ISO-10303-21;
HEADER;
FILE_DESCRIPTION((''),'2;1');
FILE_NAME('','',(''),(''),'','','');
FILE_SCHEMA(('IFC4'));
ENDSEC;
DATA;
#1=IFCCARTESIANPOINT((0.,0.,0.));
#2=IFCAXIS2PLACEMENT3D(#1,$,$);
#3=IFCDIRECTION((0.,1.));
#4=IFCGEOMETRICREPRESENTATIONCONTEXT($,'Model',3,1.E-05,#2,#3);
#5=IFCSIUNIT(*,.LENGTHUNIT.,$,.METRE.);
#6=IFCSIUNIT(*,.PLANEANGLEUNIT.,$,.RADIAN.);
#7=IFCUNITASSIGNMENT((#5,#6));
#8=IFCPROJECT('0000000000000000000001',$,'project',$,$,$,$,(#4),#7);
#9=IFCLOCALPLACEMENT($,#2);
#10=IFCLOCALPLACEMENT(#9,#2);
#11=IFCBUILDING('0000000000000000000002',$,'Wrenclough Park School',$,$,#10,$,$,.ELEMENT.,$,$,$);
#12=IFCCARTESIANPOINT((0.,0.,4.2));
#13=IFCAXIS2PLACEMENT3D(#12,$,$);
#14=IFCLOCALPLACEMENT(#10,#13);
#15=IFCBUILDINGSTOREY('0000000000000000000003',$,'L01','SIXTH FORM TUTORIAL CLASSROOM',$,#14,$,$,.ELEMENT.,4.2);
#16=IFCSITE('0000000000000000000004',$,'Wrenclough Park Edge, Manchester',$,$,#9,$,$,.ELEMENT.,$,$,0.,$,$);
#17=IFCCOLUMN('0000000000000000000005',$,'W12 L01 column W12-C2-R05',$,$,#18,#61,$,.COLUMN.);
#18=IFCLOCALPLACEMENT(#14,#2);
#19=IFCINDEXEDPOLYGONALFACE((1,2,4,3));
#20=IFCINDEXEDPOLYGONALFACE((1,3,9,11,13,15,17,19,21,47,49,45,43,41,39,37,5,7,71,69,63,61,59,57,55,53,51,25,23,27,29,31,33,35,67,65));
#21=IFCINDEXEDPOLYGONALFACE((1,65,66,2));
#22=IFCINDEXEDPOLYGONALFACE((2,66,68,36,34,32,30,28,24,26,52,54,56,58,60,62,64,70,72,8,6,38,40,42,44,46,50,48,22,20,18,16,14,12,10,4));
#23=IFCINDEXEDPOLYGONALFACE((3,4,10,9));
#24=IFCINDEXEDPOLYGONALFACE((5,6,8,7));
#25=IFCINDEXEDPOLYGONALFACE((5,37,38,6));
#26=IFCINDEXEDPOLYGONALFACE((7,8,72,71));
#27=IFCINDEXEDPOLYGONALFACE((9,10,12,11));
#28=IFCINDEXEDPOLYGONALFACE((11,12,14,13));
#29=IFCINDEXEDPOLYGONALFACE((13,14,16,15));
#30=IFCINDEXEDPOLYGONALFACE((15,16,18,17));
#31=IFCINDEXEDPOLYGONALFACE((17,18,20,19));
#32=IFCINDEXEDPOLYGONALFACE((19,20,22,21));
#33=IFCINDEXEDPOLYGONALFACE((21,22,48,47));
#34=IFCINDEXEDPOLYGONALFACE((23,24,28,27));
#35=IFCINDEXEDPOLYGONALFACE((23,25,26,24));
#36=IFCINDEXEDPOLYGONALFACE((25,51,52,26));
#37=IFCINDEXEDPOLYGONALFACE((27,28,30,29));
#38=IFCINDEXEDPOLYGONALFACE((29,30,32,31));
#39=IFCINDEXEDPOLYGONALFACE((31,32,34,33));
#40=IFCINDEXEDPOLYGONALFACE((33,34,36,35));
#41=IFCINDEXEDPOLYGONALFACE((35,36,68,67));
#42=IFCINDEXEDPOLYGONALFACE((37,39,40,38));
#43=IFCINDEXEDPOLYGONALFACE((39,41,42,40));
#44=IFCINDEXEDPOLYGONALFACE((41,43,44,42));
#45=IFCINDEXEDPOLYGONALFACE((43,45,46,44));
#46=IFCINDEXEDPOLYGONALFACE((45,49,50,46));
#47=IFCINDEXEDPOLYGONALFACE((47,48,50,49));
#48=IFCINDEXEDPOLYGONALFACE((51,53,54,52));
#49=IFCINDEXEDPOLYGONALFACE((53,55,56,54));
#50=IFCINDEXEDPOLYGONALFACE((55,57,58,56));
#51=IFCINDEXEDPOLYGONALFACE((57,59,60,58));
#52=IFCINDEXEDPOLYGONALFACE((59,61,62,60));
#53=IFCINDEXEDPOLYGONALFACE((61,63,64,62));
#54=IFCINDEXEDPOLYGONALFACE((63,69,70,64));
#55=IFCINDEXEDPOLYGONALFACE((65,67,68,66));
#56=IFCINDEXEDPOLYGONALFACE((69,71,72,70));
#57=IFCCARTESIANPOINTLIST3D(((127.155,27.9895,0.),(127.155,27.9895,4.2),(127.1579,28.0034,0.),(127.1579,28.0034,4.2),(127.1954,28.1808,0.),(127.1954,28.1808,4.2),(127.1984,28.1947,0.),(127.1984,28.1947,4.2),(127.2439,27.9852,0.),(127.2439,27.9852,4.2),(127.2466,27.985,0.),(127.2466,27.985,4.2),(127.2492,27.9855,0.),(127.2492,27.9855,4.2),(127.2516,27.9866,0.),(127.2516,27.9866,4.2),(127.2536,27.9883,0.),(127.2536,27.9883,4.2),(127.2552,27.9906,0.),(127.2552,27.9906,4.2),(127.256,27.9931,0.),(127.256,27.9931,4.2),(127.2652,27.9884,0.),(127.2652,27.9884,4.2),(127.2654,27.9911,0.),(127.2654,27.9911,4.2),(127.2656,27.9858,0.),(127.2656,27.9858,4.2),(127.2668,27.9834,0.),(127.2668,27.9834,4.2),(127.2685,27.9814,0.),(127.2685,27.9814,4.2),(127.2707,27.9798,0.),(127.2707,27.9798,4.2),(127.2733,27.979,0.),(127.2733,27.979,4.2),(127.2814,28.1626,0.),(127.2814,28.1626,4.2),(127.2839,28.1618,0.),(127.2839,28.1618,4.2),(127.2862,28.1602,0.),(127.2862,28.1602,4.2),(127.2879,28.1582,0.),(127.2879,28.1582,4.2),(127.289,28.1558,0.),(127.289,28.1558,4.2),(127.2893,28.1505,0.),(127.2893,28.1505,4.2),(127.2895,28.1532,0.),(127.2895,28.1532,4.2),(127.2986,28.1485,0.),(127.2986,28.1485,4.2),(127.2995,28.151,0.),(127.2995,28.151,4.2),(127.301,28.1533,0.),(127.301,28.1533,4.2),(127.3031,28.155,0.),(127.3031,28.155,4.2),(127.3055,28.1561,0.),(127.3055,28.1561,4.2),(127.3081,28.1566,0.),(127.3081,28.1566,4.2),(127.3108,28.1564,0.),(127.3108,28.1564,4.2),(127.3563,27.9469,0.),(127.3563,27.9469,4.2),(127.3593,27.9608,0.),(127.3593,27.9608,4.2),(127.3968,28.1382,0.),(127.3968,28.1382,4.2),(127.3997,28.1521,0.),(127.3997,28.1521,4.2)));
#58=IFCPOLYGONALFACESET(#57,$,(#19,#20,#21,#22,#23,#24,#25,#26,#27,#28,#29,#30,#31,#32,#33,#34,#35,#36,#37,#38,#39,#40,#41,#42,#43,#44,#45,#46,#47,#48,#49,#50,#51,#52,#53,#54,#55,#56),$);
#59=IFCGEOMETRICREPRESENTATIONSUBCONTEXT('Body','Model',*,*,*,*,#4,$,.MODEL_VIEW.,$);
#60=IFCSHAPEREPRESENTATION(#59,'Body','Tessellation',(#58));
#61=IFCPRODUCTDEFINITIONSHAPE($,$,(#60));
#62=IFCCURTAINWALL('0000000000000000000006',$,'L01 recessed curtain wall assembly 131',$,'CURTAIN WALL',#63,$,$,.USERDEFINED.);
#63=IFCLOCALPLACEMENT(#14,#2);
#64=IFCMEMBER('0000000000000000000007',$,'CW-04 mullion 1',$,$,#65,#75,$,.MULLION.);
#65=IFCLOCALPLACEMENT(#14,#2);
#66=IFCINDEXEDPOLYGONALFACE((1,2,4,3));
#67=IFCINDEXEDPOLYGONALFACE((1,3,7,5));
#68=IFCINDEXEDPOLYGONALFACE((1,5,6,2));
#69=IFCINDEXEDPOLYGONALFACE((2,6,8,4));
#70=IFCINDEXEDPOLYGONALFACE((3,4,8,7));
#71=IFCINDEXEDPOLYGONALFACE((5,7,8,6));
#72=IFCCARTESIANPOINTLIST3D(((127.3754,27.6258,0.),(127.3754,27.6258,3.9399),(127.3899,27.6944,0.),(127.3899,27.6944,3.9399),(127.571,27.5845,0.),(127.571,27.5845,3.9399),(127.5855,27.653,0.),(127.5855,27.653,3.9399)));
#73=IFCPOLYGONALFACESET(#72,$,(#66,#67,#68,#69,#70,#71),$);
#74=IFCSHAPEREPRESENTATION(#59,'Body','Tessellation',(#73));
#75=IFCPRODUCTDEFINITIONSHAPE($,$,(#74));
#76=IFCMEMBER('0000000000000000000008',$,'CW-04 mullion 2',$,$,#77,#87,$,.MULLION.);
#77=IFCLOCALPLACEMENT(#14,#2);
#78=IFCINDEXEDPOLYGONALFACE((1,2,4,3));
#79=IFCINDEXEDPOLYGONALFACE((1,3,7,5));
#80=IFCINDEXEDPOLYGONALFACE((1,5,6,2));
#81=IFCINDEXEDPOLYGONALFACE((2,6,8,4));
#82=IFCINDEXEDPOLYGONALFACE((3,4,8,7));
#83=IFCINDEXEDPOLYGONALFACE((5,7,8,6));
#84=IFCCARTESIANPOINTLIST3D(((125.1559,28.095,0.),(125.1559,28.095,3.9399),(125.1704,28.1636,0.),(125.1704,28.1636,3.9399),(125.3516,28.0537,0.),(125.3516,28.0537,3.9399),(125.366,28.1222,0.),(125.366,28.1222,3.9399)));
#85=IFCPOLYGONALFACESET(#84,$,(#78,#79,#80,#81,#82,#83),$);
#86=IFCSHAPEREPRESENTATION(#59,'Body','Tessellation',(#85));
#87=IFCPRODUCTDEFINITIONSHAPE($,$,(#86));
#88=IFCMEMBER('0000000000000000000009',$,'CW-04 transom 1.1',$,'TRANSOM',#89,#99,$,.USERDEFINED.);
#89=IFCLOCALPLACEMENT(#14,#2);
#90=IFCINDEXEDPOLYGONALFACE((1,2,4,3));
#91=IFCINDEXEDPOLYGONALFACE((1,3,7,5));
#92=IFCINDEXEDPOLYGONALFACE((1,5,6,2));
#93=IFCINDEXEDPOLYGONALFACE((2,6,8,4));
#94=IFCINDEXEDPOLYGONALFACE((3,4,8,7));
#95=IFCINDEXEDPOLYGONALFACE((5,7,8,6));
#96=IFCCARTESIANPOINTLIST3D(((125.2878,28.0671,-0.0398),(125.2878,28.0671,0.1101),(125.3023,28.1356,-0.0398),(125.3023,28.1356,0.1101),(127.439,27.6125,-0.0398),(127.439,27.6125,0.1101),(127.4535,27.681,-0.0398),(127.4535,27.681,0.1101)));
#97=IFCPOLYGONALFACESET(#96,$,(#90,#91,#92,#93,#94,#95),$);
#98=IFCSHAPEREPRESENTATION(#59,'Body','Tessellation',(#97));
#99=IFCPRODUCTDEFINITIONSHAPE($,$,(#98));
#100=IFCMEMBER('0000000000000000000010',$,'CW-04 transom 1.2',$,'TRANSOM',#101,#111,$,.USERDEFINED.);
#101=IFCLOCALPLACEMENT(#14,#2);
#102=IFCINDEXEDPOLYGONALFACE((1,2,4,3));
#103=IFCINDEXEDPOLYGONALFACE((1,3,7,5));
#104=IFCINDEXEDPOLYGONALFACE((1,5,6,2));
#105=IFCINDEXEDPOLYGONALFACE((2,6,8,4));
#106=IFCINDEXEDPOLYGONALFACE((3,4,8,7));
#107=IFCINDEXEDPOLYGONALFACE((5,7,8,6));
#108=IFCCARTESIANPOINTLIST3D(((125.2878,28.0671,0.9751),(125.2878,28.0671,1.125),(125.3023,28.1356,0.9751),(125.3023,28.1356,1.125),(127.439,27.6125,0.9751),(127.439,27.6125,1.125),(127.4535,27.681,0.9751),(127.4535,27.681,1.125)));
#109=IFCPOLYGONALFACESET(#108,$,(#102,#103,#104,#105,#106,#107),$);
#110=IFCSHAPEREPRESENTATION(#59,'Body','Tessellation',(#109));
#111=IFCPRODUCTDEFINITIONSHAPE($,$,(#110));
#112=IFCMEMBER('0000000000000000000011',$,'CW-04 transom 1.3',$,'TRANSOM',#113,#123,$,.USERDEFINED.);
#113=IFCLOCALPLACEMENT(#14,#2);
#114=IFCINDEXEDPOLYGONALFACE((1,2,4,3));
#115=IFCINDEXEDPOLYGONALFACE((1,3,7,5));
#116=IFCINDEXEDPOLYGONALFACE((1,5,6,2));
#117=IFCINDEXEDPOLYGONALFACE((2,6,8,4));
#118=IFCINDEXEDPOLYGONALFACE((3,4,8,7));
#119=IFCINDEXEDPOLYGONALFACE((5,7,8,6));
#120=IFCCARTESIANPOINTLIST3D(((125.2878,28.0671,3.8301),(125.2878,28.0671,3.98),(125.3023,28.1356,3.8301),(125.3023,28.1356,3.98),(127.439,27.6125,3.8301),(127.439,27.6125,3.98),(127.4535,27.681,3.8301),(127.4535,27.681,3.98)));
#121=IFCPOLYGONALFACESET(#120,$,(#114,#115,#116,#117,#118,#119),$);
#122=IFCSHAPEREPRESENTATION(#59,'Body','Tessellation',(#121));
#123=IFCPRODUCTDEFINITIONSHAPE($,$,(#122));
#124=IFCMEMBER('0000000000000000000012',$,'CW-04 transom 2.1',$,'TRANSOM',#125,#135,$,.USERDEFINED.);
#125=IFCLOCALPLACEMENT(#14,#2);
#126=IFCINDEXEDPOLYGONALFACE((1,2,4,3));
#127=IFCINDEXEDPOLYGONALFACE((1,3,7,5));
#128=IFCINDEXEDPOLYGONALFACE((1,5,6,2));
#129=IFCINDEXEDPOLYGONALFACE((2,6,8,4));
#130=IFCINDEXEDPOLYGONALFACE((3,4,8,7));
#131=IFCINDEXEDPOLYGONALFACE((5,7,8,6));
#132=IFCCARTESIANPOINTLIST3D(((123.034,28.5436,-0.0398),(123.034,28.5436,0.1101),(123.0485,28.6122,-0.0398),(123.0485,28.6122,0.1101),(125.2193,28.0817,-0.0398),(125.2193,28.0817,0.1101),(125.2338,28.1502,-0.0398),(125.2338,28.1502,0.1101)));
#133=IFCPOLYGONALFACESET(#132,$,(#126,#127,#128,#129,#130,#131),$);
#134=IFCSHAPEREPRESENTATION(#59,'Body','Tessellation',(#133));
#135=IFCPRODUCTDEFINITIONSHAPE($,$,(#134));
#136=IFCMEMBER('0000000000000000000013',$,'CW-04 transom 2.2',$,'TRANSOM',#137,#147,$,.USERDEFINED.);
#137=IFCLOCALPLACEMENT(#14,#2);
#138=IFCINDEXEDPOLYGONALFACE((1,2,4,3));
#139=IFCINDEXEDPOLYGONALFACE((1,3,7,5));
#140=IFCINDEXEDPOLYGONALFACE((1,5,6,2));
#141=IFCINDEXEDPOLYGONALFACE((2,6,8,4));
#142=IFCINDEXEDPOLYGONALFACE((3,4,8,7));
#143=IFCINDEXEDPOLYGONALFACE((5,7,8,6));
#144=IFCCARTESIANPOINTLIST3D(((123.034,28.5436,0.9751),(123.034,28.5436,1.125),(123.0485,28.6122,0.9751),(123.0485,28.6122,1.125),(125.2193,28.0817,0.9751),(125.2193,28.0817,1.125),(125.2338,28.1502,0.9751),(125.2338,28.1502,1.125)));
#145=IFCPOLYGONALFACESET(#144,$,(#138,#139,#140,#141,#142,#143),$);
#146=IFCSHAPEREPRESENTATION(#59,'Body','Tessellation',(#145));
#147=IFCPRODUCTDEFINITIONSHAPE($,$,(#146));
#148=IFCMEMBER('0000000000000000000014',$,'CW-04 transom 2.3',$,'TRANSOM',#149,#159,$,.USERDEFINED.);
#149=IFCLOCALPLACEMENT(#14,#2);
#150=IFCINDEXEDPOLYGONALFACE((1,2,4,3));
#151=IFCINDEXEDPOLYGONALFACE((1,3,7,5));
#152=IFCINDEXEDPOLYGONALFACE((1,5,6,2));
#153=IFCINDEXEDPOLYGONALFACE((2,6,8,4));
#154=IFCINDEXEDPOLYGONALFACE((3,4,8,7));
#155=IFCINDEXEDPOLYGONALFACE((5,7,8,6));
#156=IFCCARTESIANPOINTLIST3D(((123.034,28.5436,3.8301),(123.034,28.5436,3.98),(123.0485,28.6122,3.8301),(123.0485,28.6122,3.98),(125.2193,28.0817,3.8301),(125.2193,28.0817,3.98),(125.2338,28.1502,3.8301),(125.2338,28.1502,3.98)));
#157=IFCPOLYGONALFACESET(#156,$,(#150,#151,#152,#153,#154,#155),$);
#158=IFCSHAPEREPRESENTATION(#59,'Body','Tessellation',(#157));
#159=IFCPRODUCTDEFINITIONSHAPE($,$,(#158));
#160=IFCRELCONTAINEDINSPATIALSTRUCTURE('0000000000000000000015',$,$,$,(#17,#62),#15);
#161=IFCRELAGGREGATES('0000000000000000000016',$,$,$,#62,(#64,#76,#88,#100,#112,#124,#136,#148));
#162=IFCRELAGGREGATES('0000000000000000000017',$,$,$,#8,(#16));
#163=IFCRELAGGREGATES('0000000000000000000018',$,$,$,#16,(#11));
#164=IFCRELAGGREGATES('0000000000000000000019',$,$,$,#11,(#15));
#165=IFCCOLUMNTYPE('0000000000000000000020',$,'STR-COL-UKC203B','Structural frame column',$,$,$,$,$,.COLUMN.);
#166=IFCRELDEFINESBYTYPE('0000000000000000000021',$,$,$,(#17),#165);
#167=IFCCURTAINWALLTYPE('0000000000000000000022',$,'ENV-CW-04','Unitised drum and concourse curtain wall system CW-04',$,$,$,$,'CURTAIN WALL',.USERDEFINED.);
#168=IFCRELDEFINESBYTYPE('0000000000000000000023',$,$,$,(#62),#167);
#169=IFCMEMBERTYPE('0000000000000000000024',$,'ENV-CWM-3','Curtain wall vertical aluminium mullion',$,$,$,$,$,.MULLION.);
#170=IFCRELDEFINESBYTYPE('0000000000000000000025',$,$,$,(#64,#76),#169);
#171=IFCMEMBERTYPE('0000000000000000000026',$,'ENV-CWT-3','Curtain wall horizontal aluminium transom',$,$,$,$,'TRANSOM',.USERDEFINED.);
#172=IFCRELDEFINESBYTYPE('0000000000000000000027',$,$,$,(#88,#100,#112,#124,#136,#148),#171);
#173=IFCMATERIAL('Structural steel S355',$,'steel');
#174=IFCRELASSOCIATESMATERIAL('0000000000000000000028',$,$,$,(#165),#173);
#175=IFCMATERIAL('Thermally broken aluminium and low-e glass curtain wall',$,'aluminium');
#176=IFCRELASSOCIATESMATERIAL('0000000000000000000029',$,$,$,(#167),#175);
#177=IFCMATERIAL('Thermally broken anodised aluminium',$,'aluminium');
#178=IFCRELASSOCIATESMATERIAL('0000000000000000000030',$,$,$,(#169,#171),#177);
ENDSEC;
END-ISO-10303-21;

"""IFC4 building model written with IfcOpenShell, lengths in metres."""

from ifc_helpers import new_model, si_unit, direction, frame, origin, origin_2d, place, context, subcontext, project, spatial, rectangle, i_section, extrude, material, material_profile, profile_set, type_object, element, aggregate, save


model = new_model("IFC4")

# Units and contexts
model_context = context("Model", 3, precision=1e-05, world=origin(), true_north=direction((0.0, 1.0)))
body_context = subcontext(model_context, "Body", "Model", "MODEL_VIEW")
ifc_project = project(units=[si_unit("LENGTHUNIT", "METRE"), si_unit("PLANEANGLEUNIT", "RADIAN")], contexts=[model_context])

# Site, building, storey
site_placement = place(None, origin())
site = spatial("IfcSite", under=ifc_project, at=site_placement, Name="Wrenclough Park Edge, Manchester", CompositionType="ELEMENT", RefElevation=0.0)
building_placement = place(site_placement, origin())
building = spatial("IfcBuilding", under=site, at=building_placement, Name="Wrenclough Park School", CompositionType="ELEMENT")
storey_placement = place(building_placement, frame((0.0, 0.0, 4.2)))
storey = spatial("IfcBuildingStorey", under=building, at=storey_placement, Name="L01", Description="SIXTH FORM TUTORIAL CLASSROOM", CompositionType="ELEMENT", Elevation=4.2)

# Column
ifc_material_1 = material(Name="Structural steel S355", Category="steel")
ifc_material_profile_1 = material_profile(ifc_material_1, i_section(OverallWidth=0.2058, OverallDepth=0.2097, WebThickness=0.0095, FlangeThickness=0.0142, FilletRadius=0.0103, at=origin_2d()), Name="UKC 203x203x60")
ifc_profile_set_1 = profile_set([ifc_material_profile_1], Name="Structural steel S355")
column_type_1 = type_object("IfcColumnType", Name="STR-COL-UKC203B", Description="Structural frame column", PredefinedType="COLUMN", material=ifc_profile_set_1)
column_1_placement = place(storey_placement, frame((127.2773, 28.0708, 0.0), z_axis=(0.0, 0.0, 1.0), x_axis=(0.978365, -0.206887, 0.0)))
element("IfcColumn", 1, at=column_1_placement, inside=storey, type_object=column_type_1, Name="W12 L01 column W12-C2-R05", PredefinedType="COLUMN", context=body_context, shape_type="SweptSolid", body=[
    extrude(i_section(OverallWidth=0.2058, OverallDepth=0.2097, WebThickness=0.0095, FlangeThickness=0.0142, FilletRadius=0.0103, at=origin_2d()), origin(), (0.0, 0.0, 1.0), 4.2),
])

# Curtain wall, members
ifc_material_2 = material(Name="Thermally broken aluminium and low-e glass curtain wall", Category="aluminium")
curtain_wall_type = type_object("IfcCurtainWallType", Name="ENV-CW-04", Description="Unitised drum and concourse curtain wall system CW-04", ElementType="CURTAIN WALL", PredefinedType="USERDEFINED", material=ifc_material_2)
curtain_wall_placement = place(storey_placement, origin())
curtain_wall = element("IfcCurtainWall", 2, at=curtain_wall_placement, inside=storey, type_object=curtain_wall_type, Name="L01 recessed curtain wall assembly 131", ObjectType="CURTAIN WALL", PredefinedType="USERDEFINED")
ifc_material_3 = material(Name="Thermally broken anodised aluminium", Category="aluminium")
ifc_material_profile_2 = material_profile(ifc_material_3, rectangle(XDim=0.0701, YDim=0.2, at=origin_2d()), Name="AL MULLION 70x200")
ifc_profile_set_2 = profile_set([ifc_material_profile_2], Name="Thermally broken anodised aluminium")
member_type_1 = type_object("IfcMemberType", Name="ENV-CWM-3", Description="Curtain wall vertical aluminium mullion", PredefinedType="MULLION", material=ifc_profile_set_2)
member_1_placement = place(storey_placement, frame((127.4805, 27.6394, 0.0), z_axis=(0.0, 0.0, 1.0), x_axis=(-0.206818, -0.978379, 0.0)))
member_1 = element("IfcMember", 3, at=member_1_placement, type_object=member_type_1, Name="CW-04 mullion 1", PredefinedType="MULLION", context=body_context, shape_type="SweptSolid", body=[
    extrude(rectangle(XDim=0.0701, YDim=0.2, at=origin_2d()), origin(), (0.0, 0.0, 1.0), 3.9399),
])
member_2_placement = place(storey_placement, frame((125.261, 28.1086, 0.0), z_axis=(0.0, 0.0, 1.0), x_axis=(-0.206818, -0.978379, 0.0)))
member_2 = element("IfcMember", 4, at=member_2_placement, type_object=member_type_1, Name="CW-04 mullion 2", PredefinedType="MULLION", context=body_context, shape_type="SweptSolid", body=[
    extrude(rectangle(XDim=0.0701, YDim=0.2, at=origin_2d()), origin(), (0.0, 0.0, 1.0), 3.9399),
])
ifc_material_profile_3 = material_profile(ifc_material_3, rectangle(XDim=0.0701, YDim=0.1499, at=origin_2d()), Name="AL TRANSOM 70x150")
ifc_profile_set_3 = profile_set([ifc_material_profile_3], Name="Thermally broken anodised aluminium")
member_type_2 = type_object("IfcMemberType", Name="ENV-CWT-3", Description="Curtain wall horizontal aluminium transom", ElementType="TRANSOM", PredefinedType="USERDEFINED", material=ifc_profile_set_3)
member_3_placement = place(storey_placement, frame((127.4463, 27.6467, 0.0352), z_axis=(-0.978392, 0.20676, 0.0), x_axis=(-0.20676, -0.978392, 0.0)))
member_3 = element("IfcMember", 5, at=member_3_placement, type_object=member_type_2, Name="CW-04 transom 1.1", ObjectType="TRANSOM", PredefinedType="USERDEFINED", context=body_context, shape_type="SweptSolid", body=[
    extrude(rectangle(XDim=0.0701, YDim=0.1499, at=origin_2d()), origin(), (0.0, 0.0, 1.0), 2.1987),
])
member_4_placement = place(storey_placement, frame((127.4463, 27.6467, 1.05), z_axis=(-0.978392, 0.20676, 0.0), x_axis=(-0.20676, -0.978392, 0.0)))
member_4 = element("IfcMember", 6, at=member_4_placement, type_object=member_type_2, Name="CW-04 transom 1.2", ObjectType="TRANSOM", PredefinedType="USERDEFINED", context=body_context, shape_type="SweptSolid", body=[
    extrude(rectangle(XDim=0.0701, YDim=0.1499, at=origin_2d()), origin(), (0.0, 0.0, 1.0), 2.1987),
])
member_5_placement = place(storey_placement, frame((127.4463, 27.6467, 3.905), z_axis=(-0.978392, 0.20676, 0.0), x_axis=(-0.20676, -0.978392, 0.0)))
member_5 = element("IfcMember", 7, at=member_5_placement, type_object=member_type_2, Name="CW-04 transom 1.3", ObjectType="TRANSOM", PredefinedType="USERDEFINED", context=body_context, shape_type="SweptSolid", body=[
    extrude(rectangle(XDim=0.0701, YDim=0.1499, at=origin_2d()), origin(), (0.0, 0.0, 1.0), 2.1987),
])
member_6_placement = place(storey_placement, frame((125.2266, 28.116, 0.0352), z_axis=(-0.978382, 0.206804, 0.0), x_axis=(-0.206804, -0.978382, 0.0)))
member_6 = element("IfcMember", 8, at=member_6_placement, type_object=member_type_2, Name="CW-04 transom 2.1", ObjectType="TRANSOM", PredefinedType="USERDEFINED", context=body_context, shape_type="SweptSolid", body=[
    extrude(rectangle(XDim=0.0701, YDim=0.1499, at=origin_2d()), origin(), (0.0, 0.0, 1.0), 2.2336),
])
member_7_placement = place(storey_placement, frame((125.2266, 28.116, 1.05), z_axis=(-0.978382, 0.206804, 0.0), x_axis=(-0.206804, -0.978382, 0.0)))
member_7 = element("IfcMember", 9, at=member_7_placement, type_object=member_type_2, Name="CW-04 transom 2.2", ObjectType="TRANSOM", PredefinedType="USERDEFINED", context=body_context, shape_type="SweptSolid", body=[
    extrude(rectangle(XDim=0.0701, YDim=0.1499, at=origin_2d()), origin(), (0.0, 0.0, 1.0), 2.2336),
])
member_8_placement = place(storey_placement, frame((125.2266, 28.116, 3.905), z_axis=(-0.978382, 0.206804, 0.0), x_axis=(-0.206804, -0.978382, 0.0)))
member_8 = element("IfcMember", 10, at=member_8_placement, type_object=member_type_2, Name="CW-04 transom 2.3", ObjectType="TRANSOM", PredefinedType="USERDEFINED", context=body_context, shape_type="SweptSolid", body=[
    extrude(rectangle(XDim=0.0701, YDim=0.1499, at=origin_2d()), origin(), (0.0, 0.0, 1.0), 2.2336),
])

aggregate(curtain_wall, [member_1, member_2, member_3, member_4, member_5, member_6, member_7, member_8])

save(model, "model.ifc")
